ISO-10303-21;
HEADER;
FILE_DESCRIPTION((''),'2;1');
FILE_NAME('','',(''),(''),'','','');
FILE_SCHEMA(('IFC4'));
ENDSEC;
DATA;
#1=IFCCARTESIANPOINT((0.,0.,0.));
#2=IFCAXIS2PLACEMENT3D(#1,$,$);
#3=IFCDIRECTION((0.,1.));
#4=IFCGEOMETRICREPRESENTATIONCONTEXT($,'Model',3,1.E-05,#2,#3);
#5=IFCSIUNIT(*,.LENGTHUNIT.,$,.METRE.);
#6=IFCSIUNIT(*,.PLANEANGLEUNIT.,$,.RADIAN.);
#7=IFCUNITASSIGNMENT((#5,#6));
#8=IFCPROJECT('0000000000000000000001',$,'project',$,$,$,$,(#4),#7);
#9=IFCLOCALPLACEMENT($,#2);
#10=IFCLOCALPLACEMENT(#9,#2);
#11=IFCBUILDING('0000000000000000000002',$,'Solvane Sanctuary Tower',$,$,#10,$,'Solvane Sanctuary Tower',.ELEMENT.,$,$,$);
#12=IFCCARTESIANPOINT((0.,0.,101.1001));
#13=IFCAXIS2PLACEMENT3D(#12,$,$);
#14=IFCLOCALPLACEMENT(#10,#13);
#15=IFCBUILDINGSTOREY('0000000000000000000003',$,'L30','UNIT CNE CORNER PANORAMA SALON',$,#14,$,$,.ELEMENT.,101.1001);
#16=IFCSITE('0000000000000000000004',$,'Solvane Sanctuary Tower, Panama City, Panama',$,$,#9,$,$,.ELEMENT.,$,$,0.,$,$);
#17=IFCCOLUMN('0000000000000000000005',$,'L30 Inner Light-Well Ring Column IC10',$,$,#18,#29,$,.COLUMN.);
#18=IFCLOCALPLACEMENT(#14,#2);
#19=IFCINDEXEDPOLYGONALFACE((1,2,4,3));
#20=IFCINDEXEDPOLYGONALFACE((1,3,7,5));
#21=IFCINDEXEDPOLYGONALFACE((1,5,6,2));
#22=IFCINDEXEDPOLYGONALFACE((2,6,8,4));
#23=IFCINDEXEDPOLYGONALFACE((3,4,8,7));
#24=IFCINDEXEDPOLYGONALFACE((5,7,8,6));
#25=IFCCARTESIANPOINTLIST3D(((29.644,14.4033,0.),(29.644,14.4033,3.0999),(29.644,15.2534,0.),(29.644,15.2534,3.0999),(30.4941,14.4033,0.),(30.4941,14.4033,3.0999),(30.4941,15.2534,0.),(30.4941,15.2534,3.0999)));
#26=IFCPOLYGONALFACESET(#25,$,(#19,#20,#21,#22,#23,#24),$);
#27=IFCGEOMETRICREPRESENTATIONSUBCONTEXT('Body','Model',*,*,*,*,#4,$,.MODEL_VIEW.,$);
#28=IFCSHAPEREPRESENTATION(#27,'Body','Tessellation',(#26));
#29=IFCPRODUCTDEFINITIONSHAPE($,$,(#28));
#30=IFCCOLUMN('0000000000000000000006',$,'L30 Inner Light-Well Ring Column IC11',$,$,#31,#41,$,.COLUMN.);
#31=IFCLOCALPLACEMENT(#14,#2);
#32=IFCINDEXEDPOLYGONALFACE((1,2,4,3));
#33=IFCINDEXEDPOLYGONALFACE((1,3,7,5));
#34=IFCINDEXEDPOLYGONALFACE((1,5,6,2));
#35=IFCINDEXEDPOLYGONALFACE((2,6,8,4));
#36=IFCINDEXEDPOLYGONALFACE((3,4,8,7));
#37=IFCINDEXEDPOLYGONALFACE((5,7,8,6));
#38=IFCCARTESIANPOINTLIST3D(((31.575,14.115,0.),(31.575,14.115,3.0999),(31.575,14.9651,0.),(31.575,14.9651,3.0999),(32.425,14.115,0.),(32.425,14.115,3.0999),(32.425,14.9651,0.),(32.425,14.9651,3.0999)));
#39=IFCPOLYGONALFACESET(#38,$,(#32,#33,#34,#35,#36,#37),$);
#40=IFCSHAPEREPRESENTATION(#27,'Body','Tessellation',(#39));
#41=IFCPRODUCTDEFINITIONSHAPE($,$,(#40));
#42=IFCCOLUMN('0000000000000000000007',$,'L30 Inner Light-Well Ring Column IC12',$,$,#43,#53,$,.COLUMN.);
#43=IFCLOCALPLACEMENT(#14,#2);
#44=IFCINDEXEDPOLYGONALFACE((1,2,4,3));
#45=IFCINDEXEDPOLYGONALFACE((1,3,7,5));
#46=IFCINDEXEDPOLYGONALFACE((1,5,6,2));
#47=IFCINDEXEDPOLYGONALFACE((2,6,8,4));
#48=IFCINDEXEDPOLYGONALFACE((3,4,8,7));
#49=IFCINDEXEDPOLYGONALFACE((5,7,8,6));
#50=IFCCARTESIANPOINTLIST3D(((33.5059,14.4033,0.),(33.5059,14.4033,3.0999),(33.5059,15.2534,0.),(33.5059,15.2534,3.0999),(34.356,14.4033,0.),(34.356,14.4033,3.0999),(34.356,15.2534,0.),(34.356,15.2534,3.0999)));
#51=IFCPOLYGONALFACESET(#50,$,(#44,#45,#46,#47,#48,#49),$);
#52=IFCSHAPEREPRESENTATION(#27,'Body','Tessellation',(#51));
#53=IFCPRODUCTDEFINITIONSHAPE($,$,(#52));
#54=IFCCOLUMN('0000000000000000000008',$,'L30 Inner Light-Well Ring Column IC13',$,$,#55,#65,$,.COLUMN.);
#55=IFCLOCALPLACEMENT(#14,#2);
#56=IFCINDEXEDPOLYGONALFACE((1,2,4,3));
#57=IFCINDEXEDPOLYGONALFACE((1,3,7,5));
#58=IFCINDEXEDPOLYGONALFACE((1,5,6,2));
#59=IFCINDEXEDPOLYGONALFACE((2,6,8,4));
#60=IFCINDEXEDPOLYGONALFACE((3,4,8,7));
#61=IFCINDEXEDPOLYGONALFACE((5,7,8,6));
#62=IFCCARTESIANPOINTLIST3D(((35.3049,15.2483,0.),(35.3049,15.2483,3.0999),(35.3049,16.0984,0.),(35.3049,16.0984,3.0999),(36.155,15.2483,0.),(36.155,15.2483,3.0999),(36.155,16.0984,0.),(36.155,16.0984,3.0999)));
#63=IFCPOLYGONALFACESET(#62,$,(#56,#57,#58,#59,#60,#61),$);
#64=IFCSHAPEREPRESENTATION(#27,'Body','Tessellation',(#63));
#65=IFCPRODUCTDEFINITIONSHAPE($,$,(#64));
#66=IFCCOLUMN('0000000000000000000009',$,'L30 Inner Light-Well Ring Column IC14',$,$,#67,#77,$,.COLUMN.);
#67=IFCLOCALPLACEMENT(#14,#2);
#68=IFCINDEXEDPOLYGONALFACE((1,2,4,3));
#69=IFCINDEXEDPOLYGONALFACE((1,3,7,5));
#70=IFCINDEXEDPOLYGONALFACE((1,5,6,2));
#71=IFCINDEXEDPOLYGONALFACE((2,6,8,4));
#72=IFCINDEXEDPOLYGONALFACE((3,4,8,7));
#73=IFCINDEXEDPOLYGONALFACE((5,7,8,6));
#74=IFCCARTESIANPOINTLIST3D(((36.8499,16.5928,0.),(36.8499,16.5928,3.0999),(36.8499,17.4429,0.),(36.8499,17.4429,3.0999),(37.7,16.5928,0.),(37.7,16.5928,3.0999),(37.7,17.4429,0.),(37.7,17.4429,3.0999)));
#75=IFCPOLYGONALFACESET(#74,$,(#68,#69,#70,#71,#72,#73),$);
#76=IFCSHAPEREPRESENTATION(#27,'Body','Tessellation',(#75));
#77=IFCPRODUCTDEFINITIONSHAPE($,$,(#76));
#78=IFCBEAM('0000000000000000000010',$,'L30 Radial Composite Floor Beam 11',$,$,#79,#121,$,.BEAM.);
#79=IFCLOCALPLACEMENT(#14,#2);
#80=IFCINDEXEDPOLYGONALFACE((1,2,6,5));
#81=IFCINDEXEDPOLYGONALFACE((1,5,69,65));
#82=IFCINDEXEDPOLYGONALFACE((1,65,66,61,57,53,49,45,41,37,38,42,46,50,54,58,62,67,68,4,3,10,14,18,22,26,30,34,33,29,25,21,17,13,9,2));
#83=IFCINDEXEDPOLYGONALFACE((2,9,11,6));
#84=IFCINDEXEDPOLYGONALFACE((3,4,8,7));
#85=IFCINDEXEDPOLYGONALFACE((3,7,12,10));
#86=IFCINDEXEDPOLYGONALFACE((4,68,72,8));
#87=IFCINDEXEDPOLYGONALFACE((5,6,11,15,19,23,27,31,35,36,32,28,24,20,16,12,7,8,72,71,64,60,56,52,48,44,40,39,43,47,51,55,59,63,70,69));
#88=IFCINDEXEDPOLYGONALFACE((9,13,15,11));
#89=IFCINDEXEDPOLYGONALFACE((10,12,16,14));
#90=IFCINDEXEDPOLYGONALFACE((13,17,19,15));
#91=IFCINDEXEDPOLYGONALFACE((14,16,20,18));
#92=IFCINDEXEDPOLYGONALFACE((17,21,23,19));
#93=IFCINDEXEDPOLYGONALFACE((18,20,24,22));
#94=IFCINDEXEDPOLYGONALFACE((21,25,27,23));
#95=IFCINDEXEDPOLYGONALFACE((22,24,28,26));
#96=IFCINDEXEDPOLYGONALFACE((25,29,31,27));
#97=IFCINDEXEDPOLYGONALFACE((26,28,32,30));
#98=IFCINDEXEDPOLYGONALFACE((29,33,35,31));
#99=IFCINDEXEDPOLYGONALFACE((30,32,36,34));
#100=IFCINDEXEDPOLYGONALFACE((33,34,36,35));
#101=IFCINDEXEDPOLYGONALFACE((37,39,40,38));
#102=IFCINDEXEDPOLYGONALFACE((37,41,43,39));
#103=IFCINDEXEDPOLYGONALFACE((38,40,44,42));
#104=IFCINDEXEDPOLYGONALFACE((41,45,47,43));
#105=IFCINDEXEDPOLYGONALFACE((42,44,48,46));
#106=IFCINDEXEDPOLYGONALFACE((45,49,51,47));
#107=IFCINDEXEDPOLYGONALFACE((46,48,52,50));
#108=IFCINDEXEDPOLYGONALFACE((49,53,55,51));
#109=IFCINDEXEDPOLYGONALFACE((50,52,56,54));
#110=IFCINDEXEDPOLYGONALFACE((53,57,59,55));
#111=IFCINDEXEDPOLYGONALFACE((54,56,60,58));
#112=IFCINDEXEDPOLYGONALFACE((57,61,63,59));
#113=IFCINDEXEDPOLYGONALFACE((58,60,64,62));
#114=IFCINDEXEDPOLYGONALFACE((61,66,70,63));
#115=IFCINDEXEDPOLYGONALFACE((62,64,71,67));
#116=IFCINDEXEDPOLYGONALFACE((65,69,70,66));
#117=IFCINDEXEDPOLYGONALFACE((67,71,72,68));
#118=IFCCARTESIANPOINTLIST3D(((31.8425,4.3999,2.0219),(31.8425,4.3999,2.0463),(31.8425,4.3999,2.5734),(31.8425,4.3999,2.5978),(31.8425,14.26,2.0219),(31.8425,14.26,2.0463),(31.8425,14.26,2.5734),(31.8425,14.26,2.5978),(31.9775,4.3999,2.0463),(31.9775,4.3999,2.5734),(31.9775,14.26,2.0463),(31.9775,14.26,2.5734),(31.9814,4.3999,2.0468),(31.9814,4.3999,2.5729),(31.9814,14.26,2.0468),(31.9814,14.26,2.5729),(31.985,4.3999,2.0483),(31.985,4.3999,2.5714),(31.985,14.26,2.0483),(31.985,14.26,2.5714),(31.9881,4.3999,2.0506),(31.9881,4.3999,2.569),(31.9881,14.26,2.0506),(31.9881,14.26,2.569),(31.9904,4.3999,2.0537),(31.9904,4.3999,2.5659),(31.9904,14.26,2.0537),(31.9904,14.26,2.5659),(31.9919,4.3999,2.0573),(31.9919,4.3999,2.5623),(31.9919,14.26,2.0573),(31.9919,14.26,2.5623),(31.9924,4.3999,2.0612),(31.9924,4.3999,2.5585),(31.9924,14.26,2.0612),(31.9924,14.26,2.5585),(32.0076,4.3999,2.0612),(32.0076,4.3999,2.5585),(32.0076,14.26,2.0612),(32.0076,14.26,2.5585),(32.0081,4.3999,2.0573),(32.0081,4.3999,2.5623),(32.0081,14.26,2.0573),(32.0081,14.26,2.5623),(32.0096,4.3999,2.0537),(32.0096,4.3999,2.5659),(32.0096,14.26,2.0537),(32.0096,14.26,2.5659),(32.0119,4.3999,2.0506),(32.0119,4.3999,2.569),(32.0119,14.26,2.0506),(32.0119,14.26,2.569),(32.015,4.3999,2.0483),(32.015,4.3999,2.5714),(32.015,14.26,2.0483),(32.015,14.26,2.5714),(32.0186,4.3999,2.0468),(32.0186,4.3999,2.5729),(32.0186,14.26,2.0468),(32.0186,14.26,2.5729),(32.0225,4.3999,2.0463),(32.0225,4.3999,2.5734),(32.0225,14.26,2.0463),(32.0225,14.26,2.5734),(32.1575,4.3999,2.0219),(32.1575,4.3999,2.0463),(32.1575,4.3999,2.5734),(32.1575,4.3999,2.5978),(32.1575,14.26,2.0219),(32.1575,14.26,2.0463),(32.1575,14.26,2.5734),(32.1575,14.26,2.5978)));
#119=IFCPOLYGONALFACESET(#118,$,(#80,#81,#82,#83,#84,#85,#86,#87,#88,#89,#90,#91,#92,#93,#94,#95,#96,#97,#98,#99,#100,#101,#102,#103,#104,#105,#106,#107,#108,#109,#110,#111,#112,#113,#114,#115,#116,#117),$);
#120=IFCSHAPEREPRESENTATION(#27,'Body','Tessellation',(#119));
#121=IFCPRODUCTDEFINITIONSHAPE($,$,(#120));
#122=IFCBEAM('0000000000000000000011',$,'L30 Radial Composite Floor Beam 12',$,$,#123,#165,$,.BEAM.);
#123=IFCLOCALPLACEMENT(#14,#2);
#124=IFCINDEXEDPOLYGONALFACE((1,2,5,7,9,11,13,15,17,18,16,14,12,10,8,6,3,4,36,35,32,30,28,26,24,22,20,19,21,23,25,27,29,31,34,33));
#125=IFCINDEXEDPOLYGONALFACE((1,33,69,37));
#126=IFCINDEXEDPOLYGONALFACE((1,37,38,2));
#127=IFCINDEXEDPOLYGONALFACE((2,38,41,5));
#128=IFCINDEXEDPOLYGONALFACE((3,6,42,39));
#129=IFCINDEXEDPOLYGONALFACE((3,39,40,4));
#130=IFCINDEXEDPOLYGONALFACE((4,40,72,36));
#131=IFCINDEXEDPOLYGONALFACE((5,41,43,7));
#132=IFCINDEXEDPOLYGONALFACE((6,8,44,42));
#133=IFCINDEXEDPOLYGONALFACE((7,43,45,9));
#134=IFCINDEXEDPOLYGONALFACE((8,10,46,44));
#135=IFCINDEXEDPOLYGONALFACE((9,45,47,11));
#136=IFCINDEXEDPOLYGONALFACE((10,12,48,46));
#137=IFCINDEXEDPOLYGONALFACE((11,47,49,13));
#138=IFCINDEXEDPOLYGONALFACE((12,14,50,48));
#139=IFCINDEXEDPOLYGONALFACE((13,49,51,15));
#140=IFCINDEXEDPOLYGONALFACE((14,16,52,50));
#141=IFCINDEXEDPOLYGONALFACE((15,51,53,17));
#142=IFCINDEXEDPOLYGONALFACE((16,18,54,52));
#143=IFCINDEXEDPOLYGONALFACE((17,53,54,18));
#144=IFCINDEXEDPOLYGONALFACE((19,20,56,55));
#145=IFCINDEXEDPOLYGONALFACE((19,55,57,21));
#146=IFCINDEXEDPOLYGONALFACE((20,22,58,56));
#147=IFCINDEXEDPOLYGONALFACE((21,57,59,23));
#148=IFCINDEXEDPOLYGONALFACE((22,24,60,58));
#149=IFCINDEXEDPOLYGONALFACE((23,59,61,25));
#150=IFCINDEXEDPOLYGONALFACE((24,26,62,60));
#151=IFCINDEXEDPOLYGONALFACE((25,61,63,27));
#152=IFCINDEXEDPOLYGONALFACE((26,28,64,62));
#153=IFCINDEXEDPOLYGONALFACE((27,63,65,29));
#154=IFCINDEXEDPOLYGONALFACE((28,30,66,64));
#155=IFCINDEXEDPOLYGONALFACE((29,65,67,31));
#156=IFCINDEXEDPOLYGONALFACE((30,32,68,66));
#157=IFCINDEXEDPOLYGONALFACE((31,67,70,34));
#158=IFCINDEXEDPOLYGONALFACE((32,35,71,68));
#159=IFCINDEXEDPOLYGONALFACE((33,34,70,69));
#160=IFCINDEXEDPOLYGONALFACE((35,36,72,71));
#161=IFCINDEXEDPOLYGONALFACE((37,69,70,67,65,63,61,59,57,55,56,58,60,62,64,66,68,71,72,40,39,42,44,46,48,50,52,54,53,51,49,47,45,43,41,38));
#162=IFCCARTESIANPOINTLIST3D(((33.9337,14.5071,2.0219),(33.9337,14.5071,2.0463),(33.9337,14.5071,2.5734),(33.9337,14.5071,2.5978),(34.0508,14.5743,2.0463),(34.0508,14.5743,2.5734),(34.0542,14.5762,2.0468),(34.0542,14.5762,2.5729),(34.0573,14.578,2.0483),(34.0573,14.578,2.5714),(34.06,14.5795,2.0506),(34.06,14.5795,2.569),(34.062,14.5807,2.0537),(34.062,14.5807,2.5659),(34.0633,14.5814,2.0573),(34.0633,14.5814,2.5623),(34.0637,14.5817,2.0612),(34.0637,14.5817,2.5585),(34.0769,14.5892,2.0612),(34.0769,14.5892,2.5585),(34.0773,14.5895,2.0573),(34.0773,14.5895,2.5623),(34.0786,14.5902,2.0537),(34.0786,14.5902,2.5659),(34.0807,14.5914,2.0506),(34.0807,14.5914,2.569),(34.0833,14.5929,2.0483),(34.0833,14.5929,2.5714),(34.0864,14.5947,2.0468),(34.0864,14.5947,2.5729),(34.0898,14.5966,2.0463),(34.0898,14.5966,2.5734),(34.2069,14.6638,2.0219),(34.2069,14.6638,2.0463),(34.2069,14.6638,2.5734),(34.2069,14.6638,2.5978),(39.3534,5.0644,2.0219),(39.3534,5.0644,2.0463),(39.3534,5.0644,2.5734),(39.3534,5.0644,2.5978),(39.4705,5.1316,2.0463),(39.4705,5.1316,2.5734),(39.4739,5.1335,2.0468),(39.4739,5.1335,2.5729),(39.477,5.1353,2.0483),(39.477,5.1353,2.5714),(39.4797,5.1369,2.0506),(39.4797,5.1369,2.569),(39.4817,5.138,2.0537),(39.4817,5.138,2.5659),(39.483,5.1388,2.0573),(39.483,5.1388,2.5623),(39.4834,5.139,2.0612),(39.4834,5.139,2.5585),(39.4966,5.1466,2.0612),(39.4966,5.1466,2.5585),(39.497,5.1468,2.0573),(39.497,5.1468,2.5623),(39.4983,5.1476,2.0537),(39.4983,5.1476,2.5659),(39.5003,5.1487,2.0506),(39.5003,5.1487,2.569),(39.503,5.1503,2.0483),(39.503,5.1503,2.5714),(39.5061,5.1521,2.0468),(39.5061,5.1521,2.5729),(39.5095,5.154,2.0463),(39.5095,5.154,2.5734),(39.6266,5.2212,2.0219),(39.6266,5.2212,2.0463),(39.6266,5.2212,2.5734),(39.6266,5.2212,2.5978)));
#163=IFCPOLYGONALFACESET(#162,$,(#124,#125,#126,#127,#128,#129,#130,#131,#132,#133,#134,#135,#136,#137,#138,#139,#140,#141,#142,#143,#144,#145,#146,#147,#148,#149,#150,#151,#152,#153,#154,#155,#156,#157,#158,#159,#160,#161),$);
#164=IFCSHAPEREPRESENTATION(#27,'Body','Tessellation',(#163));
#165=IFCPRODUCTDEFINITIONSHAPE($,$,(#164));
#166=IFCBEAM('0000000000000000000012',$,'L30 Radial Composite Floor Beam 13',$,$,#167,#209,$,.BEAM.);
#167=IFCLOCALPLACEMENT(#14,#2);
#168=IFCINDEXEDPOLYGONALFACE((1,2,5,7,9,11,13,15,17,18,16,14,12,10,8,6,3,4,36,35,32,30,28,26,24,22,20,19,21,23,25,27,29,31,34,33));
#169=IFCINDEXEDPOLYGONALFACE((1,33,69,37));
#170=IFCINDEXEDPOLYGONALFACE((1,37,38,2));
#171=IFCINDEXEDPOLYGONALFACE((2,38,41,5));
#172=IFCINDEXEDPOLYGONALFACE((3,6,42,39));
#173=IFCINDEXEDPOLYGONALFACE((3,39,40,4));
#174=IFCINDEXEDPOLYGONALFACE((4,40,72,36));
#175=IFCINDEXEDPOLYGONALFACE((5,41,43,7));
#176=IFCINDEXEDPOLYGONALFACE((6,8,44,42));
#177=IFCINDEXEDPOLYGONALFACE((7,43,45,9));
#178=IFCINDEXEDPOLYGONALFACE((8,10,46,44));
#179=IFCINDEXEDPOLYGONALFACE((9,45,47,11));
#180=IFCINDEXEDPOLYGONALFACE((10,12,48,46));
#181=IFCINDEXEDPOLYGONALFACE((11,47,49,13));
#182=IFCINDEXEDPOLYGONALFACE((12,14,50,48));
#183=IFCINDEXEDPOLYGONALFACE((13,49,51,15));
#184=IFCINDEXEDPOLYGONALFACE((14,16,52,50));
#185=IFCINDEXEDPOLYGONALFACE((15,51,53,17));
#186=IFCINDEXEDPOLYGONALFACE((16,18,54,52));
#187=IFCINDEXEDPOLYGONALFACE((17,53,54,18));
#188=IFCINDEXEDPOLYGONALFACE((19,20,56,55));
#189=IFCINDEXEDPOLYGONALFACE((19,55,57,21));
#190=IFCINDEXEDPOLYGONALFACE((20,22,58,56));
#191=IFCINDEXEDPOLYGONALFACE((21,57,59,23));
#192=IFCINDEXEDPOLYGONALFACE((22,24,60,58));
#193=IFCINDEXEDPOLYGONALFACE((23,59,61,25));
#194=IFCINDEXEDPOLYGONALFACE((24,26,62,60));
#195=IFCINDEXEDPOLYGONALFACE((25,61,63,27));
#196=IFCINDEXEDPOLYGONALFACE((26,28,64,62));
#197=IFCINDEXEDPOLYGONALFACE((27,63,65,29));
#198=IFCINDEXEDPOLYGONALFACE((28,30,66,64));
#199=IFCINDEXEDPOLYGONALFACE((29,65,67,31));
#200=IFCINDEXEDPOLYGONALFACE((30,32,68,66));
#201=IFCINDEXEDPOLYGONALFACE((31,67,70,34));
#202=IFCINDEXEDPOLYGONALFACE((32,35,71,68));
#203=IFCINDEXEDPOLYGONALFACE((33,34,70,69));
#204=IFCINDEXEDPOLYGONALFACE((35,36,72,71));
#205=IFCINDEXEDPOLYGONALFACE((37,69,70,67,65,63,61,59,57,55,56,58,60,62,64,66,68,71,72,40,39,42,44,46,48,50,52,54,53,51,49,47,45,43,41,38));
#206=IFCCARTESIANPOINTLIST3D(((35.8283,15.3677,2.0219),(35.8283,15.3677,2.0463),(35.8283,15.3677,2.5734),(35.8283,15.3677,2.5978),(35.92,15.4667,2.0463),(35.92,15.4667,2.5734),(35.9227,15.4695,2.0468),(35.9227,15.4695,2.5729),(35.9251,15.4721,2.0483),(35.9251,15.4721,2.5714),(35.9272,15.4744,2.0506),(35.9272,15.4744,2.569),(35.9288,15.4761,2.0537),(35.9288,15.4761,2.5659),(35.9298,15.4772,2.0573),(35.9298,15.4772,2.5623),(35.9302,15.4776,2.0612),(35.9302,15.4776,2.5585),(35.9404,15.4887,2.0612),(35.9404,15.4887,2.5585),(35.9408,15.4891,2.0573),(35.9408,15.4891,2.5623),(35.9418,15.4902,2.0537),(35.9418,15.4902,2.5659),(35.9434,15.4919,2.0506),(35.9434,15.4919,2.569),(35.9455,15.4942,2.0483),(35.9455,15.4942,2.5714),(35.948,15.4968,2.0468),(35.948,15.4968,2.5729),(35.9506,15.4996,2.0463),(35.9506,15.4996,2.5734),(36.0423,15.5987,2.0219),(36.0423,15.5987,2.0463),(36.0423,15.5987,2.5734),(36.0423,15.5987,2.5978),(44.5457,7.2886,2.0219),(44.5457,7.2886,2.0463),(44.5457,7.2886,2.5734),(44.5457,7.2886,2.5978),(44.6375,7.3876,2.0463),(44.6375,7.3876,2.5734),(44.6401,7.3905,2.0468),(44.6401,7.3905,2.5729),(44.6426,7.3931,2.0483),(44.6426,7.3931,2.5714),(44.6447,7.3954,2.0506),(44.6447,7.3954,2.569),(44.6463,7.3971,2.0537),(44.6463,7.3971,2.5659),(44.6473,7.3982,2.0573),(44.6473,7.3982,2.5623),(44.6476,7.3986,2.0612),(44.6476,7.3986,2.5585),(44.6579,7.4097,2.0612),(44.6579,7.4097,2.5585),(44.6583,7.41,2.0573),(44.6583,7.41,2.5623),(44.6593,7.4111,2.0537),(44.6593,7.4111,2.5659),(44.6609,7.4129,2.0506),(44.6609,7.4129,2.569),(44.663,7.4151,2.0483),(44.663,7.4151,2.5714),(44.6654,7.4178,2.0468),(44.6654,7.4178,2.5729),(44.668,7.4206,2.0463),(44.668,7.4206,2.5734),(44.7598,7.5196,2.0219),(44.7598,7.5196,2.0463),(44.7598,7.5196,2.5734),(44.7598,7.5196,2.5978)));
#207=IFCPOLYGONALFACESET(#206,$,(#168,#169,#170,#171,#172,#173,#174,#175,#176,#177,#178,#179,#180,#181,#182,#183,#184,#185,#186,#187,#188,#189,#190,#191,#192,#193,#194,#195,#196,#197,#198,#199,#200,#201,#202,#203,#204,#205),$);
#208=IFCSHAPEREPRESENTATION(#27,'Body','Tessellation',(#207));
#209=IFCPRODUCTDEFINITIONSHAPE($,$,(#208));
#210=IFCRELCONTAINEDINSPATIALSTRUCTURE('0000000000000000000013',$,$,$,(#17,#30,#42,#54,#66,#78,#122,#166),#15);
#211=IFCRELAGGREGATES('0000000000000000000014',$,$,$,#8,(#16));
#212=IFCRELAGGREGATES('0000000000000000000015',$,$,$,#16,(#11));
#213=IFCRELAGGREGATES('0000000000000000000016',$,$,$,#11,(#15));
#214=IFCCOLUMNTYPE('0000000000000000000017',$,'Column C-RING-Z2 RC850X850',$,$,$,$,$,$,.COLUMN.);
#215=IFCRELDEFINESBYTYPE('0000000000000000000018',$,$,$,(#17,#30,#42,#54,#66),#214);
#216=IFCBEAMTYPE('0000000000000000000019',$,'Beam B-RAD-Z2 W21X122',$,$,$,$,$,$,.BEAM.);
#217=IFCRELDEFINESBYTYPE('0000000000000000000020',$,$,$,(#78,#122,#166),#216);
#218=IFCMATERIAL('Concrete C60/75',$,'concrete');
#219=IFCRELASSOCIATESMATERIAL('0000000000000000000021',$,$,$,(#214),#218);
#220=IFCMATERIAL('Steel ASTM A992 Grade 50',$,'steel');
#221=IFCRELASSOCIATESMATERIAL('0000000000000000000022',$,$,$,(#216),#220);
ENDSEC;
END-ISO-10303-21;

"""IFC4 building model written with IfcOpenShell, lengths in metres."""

from ifc_helpers import new_model, si_unit, direction, frame, origin, origin_2d, place, context, subcontext, project, spatial, rectangle, i_section, extrude, material, material_profile, profile_set, type_object, element, save


model = new_model("IFC4")

# Units and contexts
model_context = context("Model", 3, precision=1e-05, world=origin(), true_north=direction((0.0, 1.0)))
body_context = subcontext(model_context, "Body", "Model", "MODEL_VIEW")
ifc_project = project(units=[si_unit("LENGTHUNIT", "METRE"), si_unit("PLANEANGLEUNIT", "RADIAN")], contexts=[model_context])

# Site, building, storey
site_placement = place(None, origin())
site = spatial("IfcSite", under=ifc_project, at=site_placement, Name="Solvane Sanctuary Tower, Panama City, Panama", CompositionType="ELEMENT", RefElevation=0.0)
building_placement = place(site_placement, origin())
building = spatial("IfcBuilding", under=site, at=building_placement, Name="Solvane Sanctuary Tower", LongName="Solvane Sanctuary Tower", CompositionType="ELEMENT")
storey_placement = place(building_placement, frame((0.0, 0.0, 101.1001)))
storey = spatial("IfcBuildingStorey", under=building, at=storey_placement, Name="L30", Description="UNIT CNE CORNER PANORAMA SALON", CompositionType="ELEMENT", Elevation=101.1001)

# Columns
ifc_material_1 = material(Name="Concrete C60/75", Category="concrete")
ifc_material_profile_1 = material_profile(ifc_material_1, rectangle(XDim=0.8501, YDim=0.8501, at=origin_2d()), Name="RC850X850")
ifc_profile_set_1 = profile_set([ifc_material_profile_1], Name="Concrete C60/75")
column_type = type_object("IfcColumnType", Name="Column C-RING-Z2 RC850X850", PredefinedType="COLUMN", material=ifc_profile_set_1)
for number, where, z_axis, x_axis, name in (
    (1, (30.0691, 14.8284, 0.0), (0.0, 0.0, 1.0), (1.0, 0.0, 0.0), "L30 Inner Light-Well Ring Column IC10"),
    (2, (32.0, 14.54, 0.0), (0.0, 0.0, 1.0), (1.0, 0.0, 0.0), "L30 Inner Light-Well Ring Column IC11"),
    (3, (33.9309, 14.8284, 0.0), (0.0, 0.0, 1.0), (1.0, 0.0, 0.0), "L30 Inner Light-Well Ring Column IC12"),
    (4, (35.73, 15.6733, 0.0), (0.0, 0.0, 1.0), (1.0, 0.0, 0.0), "L30 Inner Light-Well Ring Column IC13"),
    (5, (37.2749, 17.0178, 0.0), (0.0, 0.0, 1.0), (1.0, 0.0, 0.0), "L30 Inner Light-Well Ring Column IC14"),
):
    element("IfcColumn", number, at=place(storey_placement, frame(where, z_axis=z_axis, x_axis=x_axis)), inside=storey, type_object=column_type, Name=name, PredefinedType="COLUMN", context=body_context, shape_type="SweptSolid", body=[
        extrude(rectangle(XDim=0.8501, YDim=0.8501, at=origin_2d()), origin(), (0.0, 0.0, 1.0), 3.0999),
    ])

# Beams
ifc_material_2 = material(Name="Steel ASTM A992 Grade 50", Category="steel")
ifc_material_profile_2 = material_profile(ifc_material_2, i_section(OverallWidth=0.3149, OverallDepth=0.5759, WebThickness=0.0151, FlangeThickness=0.0244, FilletRadius=0.0149, at=origin_2d()), Name="W21X122")
ifc_profile_set_2 = profile_set([ifc_material_profile_2], Name="Steel ASTM A992 Grade 50")
beam_type_1 = type_object("IfcBeamType", Name="Beam B-RAD-Z2 W21X122", PredefinedType="BEAM", material=ifc_profile_set_2)
beam_1_placement = place(storey_placement, frame((32.0, 14.26, 2.3098), z_axis=(0.0, -1.0, 0.0), x_axis=(1.0, 0.0, 0.0)))
element("IfcBeam", 6, at=beam_1_placement, inside=storey, type_object=beam_type_1, Name="L30 Radial Composite Floor Beam 11", PredefinedType="BEAM", context=body_context, shape_type="SweptSolid", body=[
    extrude(i_section(OverallWidth=0.3149, OverallDepth=0.5759, WebThickness=0.0151, FlangeThickness=0.0244, FilletRadius=0.0149, at=origin_2d()), origin(), (0.0, 0.0, 1.0), 9.8601),
])
beam_2_placement = place(storey_placement, frame((34.0703, 14.5854, 2.3098), z_axis=(0.497792, -0.867296, 0.0), x_axis=(0.867296, 0.497792, 0.0)))
element("IfcBeam", 7, at=beam_2_placement, inside=storey, type_object=beam_type_1, Name="L30 Radial Composite Floor Beam 12", PredefinedType="BEAM", context=body_context, shape_type="SweptSolid", body=[
    extrude(i_section(OverallWidth=0.3149, OverallDepth=0.5759, WebThickness=0.0151, FlangeThickness=0.0244, FilletRadius=0.0149, at=origin_2d()), origin(), (0.0, 0.0, 1.0), 10.8875),
])
beam_3_placement = place(storey_placement, frame((35.9353, 15.4832, 2.3098), z_axis=(0.733454, -0.679739, 0.0), x_axis=(0.679739, 0.733454, 0.0)))
element("IfcBeam", 8, at=beam_3_placement, inside=storey, type_object=beam_type_1, Name="L30 Radial Composite Floor Beam 13", PredefinedType="BEAM", context=body_context, shape_type="SweptSolid", body=[
    extrude(i_section(OverallWidth=0.3149, OverallDepth=0.5759, WebThickness=0.0151, FlangeThickness=0.0244, FilletRadius=0.0149, at=origin_2d()), origin(), (0.0, 0.0, 1.0), 11.8855),
])

save(model, "model.ifc")
